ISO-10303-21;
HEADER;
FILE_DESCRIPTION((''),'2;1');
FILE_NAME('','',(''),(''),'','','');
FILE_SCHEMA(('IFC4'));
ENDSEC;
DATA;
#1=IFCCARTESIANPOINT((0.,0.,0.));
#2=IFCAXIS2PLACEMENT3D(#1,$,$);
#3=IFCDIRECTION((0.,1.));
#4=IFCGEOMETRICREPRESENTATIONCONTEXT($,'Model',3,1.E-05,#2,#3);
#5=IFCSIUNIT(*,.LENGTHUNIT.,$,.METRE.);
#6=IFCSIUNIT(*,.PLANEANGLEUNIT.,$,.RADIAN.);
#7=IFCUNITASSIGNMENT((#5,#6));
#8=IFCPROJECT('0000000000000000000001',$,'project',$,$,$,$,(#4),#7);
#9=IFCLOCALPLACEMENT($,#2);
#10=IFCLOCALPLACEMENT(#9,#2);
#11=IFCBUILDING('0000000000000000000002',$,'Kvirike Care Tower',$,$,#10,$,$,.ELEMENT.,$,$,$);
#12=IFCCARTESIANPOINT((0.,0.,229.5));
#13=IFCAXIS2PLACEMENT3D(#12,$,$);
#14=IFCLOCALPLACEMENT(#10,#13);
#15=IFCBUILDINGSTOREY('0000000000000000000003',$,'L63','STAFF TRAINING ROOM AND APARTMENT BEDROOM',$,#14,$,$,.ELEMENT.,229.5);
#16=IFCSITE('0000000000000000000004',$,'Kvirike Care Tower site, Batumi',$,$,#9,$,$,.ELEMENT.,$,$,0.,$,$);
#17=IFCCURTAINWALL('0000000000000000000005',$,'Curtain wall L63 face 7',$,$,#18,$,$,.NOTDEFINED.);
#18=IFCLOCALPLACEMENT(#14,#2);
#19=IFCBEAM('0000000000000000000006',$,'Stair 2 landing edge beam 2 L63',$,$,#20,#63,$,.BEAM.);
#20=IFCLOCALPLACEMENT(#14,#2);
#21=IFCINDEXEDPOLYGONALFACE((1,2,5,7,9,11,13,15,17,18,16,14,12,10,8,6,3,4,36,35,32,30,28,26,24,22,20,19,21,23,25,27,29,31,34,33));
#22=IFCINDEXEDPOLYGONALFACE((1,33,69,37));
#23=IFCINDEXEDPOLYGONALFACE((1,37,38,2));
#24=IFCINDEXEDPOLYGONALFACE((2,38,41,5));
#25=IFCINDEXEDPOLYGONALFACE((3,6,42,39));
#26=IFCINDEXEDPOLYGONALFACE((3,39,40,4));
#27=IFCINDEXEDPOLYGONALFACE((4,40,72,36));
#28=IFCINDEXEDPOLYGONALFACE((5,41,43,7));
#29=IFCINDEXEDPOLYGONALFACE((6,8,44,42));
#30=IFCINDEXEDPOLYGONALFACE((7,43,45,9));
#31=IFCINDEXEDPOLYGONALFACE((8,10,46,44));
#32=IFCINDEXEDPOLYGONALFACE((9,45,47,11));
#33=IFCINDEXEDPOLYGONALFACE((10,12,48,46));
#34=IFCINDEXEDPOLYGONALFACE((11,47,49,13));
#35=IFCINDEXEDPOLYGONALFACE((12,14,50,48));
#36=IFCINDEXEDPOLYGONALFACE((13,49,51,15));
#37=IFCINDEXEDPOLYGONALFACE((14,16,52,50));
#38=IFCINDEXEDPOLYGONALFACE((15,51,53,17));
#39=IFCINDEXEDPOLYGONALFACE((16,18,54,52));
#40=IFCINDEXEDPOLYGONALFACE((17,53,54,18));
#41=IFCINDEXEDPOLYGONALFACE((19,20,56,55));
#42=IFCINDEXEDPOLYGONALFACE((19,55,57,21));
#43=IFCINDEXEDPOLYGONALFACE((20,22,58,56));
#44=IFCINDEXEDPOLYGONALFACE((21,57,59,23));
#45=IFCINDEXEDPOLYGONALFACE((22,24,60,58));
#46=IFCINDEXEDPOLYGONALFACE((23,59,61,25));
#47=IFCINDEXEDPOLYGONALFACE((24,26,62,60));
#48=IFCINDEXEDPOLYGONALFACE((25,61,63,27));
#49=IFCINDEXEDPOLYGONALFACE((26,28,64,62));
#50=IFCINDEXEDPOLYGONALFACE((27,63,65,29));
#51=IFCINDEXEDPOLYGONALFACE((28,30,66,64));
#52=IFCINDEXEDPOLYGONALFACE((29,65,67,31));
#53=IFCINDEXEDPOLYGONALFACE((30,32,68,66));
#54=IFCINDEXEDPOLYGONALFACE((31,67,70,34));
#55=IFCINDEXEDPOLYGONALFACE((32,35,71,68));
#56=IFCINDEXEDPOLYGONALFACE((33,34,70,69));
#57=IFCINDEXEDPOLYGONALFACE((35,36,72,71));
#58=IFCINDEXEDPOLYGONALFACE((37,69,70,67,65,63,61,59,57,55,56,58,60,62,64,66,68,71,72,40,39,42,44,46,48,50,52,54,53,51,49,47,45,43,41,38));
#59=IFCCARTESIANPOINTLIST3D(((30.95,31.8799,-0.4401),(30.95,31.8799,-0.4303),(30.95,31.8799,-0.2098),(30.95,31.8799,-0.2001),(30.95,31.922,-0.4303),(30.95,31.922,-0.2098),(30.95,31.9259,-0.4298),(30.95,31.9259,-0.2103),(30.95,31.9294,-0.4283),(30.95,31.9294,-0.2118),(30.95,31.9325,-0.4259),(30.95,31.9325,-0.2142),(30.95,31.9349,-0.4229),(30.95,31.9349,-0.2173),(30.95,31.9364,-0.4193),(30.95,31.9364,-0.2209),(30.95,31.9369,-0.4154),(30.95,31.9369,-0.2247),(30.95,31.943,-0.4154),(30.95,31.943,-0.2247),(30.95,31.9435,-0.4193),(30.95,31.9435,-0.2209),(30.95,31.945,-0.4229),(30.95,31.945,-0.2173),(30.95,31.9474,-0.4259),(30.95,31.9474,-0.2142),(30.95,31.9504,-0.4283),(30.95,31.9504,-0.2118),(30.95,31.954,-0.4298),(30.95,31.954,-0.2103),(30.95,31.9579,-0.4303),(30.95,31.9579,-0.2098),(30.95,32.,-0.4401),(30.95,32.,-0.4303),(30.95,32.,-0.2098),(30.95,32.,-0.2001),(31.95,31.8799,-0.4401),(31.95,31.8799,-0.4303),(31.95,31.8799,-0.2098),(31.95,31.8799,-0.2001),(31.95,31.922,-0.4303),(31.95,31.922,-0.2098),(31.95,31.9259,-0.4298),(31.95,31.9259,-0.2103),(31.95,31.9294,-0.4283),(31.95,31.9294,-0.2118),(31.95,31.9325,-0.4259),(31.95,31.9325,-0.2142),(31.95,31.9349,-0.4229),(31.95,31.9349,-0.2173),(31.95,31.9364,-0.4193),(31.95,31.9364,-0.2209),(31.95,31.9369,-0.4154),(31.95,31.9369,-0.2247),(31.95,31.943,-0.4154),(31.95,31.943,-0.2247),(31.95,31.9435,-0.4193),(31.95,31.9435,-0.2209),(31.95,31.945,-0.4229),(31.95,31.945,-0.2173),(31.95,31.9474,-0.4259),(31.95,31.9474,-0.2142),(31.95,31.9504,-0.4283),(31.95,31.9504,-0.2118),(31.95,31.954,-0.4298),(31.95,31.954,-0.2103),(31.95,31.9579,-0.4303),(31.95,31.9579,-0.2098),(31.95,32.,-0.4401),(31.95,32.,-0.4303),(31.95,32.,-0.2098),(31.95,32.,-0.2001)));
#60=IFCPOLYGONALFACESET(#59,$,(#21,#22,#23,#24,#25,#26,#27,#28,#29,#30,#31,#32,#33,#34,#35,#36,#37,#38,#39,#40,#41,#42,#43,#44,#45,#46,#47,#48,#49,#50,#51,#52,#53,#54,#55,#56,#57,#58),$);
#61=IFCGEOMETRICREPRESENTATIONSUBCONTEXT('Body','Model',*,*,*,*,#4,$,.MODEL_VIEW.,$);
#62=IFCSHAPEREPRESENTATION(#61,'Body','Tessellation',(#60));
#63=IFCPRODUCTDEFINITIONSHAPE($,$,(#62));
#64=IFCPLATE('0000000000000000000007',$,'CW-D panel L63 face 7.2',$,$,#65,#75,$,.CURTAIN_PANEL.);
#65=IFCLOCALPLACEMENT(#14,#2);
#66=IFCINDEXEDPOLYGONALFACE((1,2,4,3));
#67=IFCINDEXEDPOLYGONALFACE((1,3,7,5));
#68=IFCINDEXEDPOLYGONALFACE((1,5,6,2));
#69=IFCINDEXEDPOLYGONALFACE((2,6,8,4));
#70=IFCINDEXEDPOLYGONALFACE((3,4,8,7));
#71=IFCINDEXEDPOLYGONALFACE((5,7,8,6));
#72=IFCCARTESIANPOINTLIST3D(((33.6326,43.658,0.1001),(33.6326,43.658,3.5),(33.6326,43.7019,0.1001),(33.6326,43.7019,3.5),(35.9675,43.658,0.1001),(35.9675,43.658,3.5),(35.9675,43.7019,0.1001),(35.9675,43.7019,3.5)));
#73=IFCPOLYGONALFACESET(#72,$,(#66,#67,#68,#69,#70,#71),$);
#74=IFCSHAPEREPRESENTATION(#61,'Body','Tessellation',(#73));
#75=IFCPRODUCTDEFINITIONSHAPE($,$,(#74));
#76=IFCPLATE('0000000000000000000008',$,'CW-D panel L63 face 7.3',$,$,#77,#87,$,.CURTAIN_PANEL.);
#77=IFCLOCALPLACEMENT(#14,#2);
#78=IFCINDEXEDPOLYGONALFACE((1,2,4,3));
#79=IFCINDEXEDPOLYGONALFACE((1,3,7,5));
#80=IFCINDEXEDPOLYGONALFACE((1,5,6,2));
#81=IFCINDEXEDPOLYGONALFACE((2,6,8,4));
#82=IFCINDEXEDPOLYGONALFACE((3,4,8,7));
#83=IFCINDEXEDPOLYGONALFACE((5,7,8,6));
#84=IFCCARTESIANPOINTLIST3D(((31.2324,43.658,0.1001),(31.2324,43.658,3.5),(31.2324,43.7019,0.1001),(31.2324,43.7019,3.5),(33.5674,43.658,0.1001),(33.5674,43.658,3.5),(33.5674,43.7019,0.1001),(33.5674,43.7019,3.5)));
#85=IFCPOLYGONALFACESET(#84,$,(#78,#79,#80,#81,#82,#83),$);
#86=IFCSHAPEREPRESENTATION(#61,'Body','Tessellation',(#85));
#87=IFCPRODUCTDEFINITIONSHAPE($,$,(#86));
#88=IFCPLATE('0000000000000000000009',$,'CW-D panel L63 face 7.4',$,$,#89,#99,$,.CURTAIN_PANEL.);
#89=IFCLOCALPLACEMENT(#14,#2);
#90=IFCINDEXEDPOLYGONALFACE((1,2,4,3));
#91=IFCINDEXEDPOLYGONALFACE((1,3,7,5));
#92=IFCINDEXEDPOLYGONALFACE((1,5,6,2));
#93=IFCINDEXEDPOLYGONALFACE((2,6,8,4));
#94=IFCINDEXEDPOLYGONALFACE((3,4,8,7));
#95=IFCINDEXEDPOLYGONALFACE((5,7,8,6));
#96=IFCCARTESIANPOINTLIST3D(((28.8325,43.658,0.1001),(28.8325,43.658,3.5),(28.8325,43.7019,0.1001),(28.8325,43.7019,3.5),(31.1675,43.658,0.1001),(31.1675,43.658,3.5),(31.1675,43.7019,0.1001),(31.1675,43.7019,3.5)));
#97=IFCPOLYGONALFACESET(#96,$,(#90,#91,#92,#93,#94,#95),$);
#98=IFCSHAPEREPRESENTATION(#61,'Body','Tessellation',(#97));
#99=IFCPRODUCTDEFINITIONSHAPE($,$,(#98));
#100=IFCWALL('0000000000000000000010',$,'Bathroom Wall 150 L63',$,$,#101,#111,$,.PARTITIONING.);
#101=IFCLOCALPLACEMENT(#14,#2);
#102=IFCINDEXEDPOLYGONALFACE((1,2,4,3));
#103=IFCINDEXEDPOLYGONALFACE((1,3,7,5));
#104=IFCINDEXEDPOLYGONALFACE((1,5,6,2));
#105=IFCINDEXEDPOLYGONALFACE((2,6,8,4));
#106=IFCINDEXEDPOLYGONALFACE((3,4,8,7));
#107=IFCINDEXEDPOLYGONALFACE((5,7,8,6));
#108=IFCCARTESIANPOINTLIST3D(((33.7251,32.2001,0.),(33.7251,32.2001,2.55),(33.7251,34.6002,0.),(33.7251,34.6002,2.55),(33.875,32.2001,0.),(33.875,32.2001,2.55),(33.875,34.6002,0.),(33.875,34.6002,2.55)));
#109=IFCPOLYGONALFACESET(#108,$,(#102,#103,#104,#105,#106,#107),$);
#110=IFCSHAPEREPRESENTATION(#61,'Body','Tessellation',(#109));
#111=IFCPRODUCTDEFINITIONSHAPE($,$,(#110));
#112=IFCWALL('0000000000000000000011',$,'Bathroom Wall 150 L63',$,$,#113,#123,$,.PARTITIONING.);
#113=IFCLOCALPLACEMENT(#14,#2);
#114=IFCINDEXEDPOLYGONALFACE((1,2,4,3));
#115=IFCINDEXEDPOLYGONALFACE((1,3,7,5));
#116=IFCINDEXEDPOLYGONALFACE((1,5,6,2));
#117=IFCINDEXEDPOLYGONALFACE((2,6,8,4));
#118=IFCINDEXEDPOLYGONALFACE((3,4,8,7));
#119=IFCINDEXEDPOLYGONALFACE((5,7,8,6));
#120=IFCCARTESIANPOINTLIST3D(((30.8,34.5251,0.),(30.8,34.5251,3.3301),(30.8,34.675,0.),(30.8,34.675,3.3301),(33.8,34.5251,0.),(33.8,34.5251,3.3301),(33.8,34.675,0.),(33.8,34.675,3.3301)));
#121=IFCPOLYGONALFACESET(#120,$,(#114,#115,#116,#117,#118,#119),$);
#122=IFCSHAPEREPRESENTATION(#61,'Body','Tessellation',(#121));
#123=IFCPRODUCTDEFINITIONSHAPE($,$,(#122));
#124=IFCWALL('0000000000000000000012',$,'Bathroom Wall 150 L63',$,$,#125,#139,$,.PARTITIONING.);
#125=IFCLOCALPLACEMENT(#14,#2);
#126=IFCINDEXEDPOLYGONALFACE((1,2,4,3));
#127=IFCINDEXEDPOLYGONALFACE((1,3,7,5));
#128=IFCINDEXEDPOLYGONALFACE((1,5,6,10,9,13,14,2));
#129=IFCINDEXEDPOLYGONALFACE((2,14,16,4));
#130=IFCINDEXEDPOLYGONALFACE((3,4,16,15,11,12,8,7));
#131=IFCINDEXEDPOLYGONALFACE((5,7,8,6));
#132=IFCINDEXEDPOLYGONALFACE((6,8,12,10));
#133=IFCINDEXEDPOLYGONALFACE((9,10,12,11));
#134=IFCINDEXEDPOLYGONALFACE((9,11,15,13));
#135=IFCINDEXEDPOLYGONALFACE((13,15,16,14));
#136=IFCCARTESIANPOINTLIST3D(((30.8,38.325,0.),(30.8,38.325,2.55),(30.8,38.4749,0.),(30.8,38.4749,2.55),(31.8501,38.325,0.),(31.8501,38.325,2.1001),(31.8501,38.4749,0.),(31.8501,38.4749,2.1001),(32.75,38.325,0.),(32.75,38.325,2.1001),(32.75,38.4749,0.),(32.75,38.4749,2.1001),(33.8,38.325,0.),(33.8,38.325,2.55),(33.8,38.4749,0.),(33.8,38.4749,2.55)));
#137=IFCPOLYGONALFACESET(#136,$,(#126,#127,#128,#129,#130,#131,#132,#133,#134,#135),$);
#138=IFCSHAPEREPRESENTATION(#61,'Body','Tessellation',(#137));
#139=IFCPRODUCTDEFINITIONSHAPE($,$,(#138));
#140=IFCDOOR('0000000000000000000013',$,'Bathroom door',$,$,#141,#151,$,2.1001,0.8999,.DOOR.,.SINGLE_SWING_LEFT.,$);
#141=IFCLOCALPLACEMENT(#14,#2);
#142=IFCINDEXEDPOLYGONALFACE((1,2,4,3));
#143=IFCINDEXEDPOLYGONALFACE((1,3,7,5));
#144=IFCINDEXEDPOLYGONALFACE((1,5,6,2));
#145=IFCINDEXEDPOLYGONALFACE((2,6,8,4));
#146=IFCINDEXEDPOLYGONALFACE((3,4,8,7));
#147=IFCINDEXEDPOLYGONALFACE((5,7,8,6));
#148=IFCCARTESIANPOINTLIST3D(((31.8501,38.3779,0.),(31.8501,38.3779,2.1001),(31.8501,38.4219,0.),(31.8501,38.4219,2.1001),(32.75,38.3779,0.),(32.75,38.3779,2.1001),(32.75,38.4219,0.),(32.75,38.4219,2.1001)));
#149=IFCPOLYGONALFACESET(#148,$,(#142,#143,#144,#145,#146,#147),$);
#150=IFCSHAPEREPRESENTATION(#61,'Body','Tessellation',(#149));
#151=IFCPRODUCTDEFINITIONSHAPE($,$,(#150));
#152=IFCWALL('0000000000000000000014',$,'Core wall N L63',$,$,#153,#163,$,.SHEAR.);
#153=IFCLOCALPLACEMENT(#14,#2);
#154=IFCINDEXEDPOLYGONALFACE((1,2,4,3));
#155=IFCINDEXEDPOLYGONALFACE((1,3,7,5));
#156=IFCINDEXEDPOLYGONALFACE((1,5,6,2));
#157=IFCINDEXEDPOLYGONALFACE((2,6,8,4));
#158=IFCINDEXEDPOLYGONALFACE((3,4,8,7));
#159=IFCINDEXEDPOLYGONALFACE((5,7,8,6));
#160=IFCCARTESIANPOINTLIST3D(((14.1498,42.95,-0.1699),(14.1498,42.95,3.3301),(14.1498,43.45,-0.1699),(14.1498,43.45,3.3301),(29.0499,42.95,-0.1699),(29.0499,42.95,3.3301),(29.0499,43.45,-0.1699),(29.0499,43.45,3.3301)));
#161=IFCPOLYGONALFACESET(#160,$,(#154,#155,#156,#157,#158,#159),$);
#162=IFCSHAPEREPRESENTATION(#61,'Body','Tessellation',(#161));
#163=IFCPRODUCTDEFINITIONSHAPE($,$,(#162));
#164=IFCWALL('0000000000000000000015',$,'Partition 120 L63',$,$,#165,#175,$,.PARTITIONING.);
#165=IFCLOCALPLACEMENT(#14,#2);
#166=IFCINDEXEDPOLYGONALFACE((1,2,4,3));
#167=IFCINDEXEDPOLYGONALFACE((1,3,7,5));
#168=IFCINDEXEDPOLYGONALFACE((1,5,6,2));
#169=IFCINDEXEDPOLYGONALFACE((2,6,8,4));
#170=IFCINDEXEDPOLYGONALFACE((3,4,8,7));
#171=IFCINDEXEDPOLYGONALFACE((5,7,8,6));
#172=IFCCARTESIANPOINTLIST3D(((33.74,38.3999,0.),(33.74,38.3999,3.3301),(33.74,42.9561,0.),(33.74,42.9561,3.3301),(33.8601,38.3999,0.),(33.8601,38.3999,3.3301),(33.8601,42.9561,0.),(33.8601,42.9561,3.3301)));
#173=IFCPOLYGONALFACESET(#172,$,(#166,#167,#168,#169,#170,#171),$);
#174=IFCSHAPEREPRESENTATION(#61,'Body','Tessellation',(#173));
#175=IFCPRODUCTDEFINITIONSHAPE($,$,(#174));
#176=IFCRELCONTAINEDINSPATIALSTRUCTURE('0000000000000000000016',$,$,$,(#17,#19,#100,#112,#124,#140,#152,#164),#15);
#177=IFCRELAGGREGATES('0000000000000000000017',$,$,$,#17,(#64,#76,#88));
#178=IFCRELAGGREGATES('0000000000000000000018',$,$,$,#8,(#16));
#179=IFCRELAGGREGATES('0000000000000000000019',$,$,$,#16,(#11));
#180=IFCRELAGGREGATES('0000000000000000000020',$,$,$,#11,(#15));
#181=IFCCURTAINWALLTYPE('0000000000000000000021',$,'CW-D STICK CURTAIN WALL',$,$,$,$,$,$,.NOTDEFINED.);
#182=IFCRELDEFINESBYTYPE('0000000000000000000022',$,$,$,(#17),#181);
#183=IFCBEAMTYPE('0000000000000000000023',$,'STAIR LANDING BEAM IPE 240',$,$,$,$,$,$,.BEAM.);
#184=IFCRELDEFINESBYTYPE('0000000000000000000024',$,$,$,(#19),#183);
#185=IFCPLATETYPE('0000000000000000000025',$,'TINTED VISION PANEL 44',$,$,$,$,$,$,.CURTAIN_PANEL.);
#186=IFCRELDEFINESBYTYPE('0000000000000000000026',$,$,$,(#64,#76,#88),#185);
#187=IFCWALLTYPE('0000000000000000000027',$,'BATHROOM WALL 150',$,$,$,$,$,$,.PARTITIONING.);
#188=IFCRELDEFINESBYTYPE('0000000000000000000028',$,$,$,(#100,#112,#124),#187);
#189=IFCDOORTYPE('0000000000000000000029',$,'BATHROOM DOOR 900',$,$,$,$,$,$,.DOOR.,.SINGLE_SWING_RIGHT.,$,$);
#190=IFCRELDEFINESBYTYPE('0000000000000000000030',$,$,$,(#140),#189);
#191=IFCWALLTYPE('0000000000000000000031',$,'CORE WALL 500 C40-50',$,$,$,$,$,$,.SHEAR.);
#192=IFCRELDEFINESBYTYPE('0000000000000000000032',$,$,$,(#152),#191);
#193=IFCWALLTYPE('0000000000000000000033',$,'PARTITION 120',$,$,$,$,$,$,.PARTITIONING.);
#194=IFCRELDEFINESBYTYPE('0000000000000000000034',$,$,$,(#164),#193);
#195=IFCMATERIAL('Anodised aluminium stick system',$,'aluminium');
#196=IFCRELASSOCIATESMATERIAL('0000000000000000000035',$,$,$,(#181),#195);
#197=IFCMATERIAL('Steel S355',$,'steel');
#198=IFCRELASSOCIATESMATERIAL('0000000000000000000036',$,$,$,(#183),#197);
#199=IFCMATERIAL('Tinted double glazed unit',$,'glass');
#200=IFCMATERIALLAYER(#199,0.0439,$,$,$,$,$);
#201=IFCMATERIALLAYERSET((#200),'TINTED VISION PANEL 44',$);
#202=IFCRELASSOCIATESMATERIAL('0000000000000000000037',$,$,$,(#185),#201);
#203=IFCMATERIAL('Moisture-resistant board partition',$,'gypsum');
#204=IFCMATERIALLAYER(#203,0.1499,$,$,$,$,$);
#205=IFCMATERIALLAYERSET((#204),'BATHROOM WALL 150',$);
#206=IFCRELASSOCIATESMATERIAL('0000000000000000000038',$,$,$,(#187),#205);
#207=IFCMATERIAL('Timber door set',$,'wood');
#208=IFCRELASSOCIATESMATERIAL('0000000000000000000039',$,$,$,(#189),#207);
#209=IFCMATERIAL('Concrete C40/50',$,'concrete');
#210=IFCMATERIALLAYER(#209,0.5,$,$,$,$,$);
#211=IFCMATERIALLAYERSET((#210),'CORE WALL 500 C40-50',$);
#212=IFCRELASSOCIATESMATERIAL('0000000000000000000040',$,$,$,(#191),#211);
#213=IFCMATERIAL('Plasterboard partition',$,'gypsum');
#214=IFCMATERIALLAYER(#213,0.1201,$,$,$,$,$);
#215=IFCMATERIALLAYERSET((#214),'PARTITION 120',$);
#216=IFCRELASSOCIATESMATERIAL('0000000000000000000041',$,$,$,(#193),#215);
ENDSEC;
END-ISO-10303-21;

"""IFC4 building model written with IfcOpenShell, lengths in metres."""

from ifc_helpers import new_model, si_unit, direction, frame, frame_2d, origin, origin_2d, place, context, subcontext, project, spatial, rectangle, i_section, extrude, material, layer, layer_set, material_profile, profile_set, type_object, element, fill, aggregate, save


model = new_model("IFC4")

# Units and contexts
model_context = context("Model", 3, precision=1e-05, world=origin(), true_north=direction((0.0, 1.0)))
body_context = subcontext(model_context, "Body", "Model", "MODEL_VIEW")
ifc_project = project(units=[si_unit("LENGTHUNIT", "METRE"), si_unit("PLANEANGLEUNIT", "RADIAN")], contexts=[model_context])

# Site, building, storey
site_placement = place(None, origin())
site = spatial("IfcSite", under=ifc_project, at=site_placement, Name="Kvirike Care Tower site, Batumi", CompositionType="ELEMENT", RefElevation=0.0)
building_placement = place(site_placement, origin())
building = spatial("IfcBuilding", under=site, at=building_placement, Name="Kvirike Care Tower", CompositionType="ELEMENT")
storey_placement = place(building_placement, frame((0.0, 0.0, 229.5)))
storey = spatial("IfcBuildingStorey", under=building, at=storey_placement, Name="L63", Description="STAFF TRAINING ROOM AND APARTMENT BEDROOM", CompositionType="ELEMENT", Elevation=229.5)

# Curtain wall
ifc_material_1 = material(Name="Anodised aluminium stick system", Category="aluminium")
curtain_wall_type = type_object("IfcCurtainWallType", Name="CW-D STICK CURTAIN WALL", PredefinedType="NOTDEFINED", material=ifc_material_1)
curtain_wall_placement = place(storey_placement, origin())
curtain_wall = element("IfcCurtainWall", 1, at=curtain_wall_placement, inside=storey, type_object=curtain_wall_type, Name="Curtain wall L63 face 7", PredefinedType="NOTDEFINED")

# Beam
ifc_material_2 = material(Name="Steel S355", Category="steel")
ifc_material_profile_1 = material_profile(ifc_material_2, i_section(OverallWidth=0.1201, OverallDepth=0.24, WebThickness=0.0061, FlangeThickness=0.0098, FilletRadius=0.0149, at=origin_2d()), Name="IPE 240")
ifc_profile_set_1 = profile_set([ifc_material_profile_1], Name="Steel S355")
beam_type_1 = type_object("IfcBeamType", Name="STAIR LANDING BEAM IPE 240", PredefinedType="BEAM", material=ifc_profile_set_1)
beam_1_placement = place(storey_placement, frame((31.95, 31.9399, -0.3201), z_axis=(-1.0, 0.0, 0.0), x_axis=(0.0, -1.0, 0.0)))
element("IfcBeam", 2, at=beam_1_placement, inside=storey, type_object=beam_type_1, Name="Stair 2 landing edge beam 2 L63", PredefinedType="BEAM", context=body_context, shape_type="SweptSolid", body=[
    extrude(i_section(OverallWidth=0.1201, OverallDepth=0.24, WebThickness=0.0061, FlangeThickness=0.0098, FilletRadius=0.0149, at=origin_2d()), origin(), (0.0, 0.0, 1.0), 1.0),
])

# Plates
ifc_material_3 = material(Name="Tinted double glazed unit", Category="glass")
ifc_layer_1 = layer(ifc_material_3, 0.0439)
ifc_layer_set_1 = layer_set([ifc_layer_1], Name="TINTED VISION PANEL 44")
plate_type = type_object("IfcPlateType", Name="TINTED VISION PANEL 44", PredefinedType="CURTAIN_PANEL", material=ifc_layer_set_1)
plate_1_placement = place(storey_placement, frame((34.8, 43.6799, 0.1001), z_axis=(0.0, 0.0, 1.0), x_axis=(-1.0, 0.0, 0.0)))
plate_1 = element("IfcPlate", 3, at=plate_1_placement, type_object=plate_type, Name="CW-D panel L63 face 7.2", PredefinedType="CURTAIN_PANEL", context=body_context, shape_type="SweptSolid", body=[
    extrude(rectangle(XDim=2.335, YDim=0.0439, at=origin_2d()), origin(), (0.0, 0.0, 1.0), 3.3999),
])
plate_2_placement = place(storey_placement, frame((32.3999, 43.6799, 0.1001), z_axis=(0.0, 0.0, 1.0), x_axis=(-1.0, 0.0, 0.0)))
plate_2 = element("IfcPlate", 4, at=plate_2_placement, type_object=plate_type, Name="CW-D panel L63 face 7.3", PredefinedType="CURTAIN_PANEL", context=body_context, shape_type="SweptSolid", body=[
    extrude(rectangle(XDim=2.335, YDim=0.0439, at=origin_2d()), origin(), (0.0, 0.0, 1.0), 3.3999),
])
plate_3_placement = place(storey_placement, frame((30.0, 43.6799, 0.1001), z_axis=(0.0, 0.0, 1.0), x_axis=(-1.0, 0.0, 0.0)))
plate_3 = element("IfcPlate", 5, at=plate_3_placement, type_object=plate_type, Name="CW-D panel L63 face 7.4", PredefinedType="CURTAIN_PANEL", context=body_context, shape_type="SweptSolid", body=[
    extrude(rectangle(XDim=2.335, YDim=0.0439, at=origin_2d()), origin(), (0.0, 0.0, 1.0), 3.3999),
])
aggregate(curtain_wall, [plate_1, plate_2, plate_3])

# Walls
ifc_material_4 = material(Name="Moisture-resistant board partition", Category="gypsum")
ifc_layer_2 = layer(ifc_material_4, 0.1499)
ifc_layer_set_2 = layer_set([ifc_layer_2], Name="BATHROOM WALL 150")
wall_type_1 = type_object("IfcWallType", Name="BATHROOM WALL 150", PredefinedType="PARTITIONING", material=ifc_layer_set_2)
wall_1_placement = place(storey_placement, frame((33.8, 32.2, 0.0), z_axis=(0.0, 0.0, 1.0), x_axis=(0.0, 1.0, 0.0)))
element("IfcWall", 6, at=wall_1_placement, inside=storey, type_object=wall_type_1, Name="Bathroom Wall 150 L63", PredefinedType="PARTITIONING", context=body_context, shape_type="SweptSolid", body=[
    extrude(rectangle(XDim=2.4001, YDim=0.1499, at=frame_2d((1.2002, 0.0))), origin(), (0.0, 0.0, 1.0), 2.55),
])
wall_2_placement = place(storey_placement, frame((33.8, 34.6001, 0.0), z_axis=(0.0, 0.0, 1.0), x_axis=(-1.0, 0.0, 0.0)))
element("IfcWall", 7, at=wall_2_placement, inside=storey, type_object=wall_type_1, Name="Bathroom Wall 150 L63", PredefinedType="PARTITIONING", context=body_context, shape_type="SweptSolid", body=[
    extrude(rectangle(XDim=3.0, YDim=0.1499, at=frame_2d((1.5, 0.0))), origin(), (0.0, 0.0, 1.0), 3.3301),
])

# Wall, opening, door
wall_3_placement = place(storey_placement, frame((33.8, 38.3999, 0.0), z_axis=(0.0, 0.0, 1.0), x_axis=(-1.0, 0.0, 0.0)))
wall_3 = element("IfcWall", 8, at=wall_3_placement, inside=storey, type_object=wall_type_1, Name="Bathroom Wall 150 L63", PredefinedType="PARTITIONING", context=body_context, shape_type="SweptSolid", body=[
    extrude(rectangle(XDim=3.0, YDim=0.1499, at=frame_2d((1.5, 0.0))), origin(), (0.0, 0.0, 1.0), 2.55),
])
opening_placement = place(wall_3_placement, frame((1.05, 0.0, 0.0)))
opening = element("IfcOpeningElement", 9, at=opening_placement, cuts=wall_3, PredefinedType="OPENING", context=body_context, shape_type="SweptSolid", body=[
    extrude(rectangle(XDim=0.8999, YDim=2.1001, at=frame_2d((0.45, 1.05))), frame((0.0, 0.0854, 0.0), z_axis=(0.0, -1.0, 0.0), x_axis=(1.0, 0.0, 0.0)), (0.0, 0.0, 1.0), 0.1709),
])
ifc_material_5 = material(Name="Timber door set", Category="wood")
door_type = type_object("IfcDoorType", Name="BATHROOM DOOR 900", OperationType="SINGLE_SWING_RIGHT", PredefinedType="DOOR", material=ifc_material_5)
door_placement = place(opening_placement, frame((0.8999, 0.0, 0.0), z_axis=(0.0, 0.0, 1.0), x_axis=(-1.0, 0.0, 0.0)))
door = element("IfcDoor", 10, at=door_placement, inside=storey, type_object=door_type, Name="Bathroom door", OperationType="SINGLE_SWING_LEFT", OverallHeight=2.1001, OverallWidth=0.8999, PredefinedType="DOOR", context=body_context, shape_type="SweptSolid", body=[
    extrude(rectangle(XDim=0.8999, YDim=2.1001, at=frame_2d((0.45, 1.05))), frame((0.0, 0.022, 0.0), z_axis=(0.0, -1.0, 0.0), x_axis=(1.0, 0.0, 0.0)), (0.0, 0.0, 1.0), 0.0439),
])
fill(opening, door)

# Walls
ifc_material_6 = material(Name="Concrete C40/50", Category="concrete")
ifc_layer_3 = layer(ifc_material_6, 0.5)
ifc_layer_set_3 = layer_set([ifc_layer_3], Name="CORE WALL 500 C40-50")
wall_type_2 = type_object("IfcWallType", Name="CORE WALL 500 C40-50", PredefinedType="SHEAR", material=ifc_layer_set_3)
wall_4_placement = place(storey_placement, frame((29.05, 43.2, -0.1699), z_axis=(0.0, 0.0, 1.0), x_axis=(-1.0, 0.0, 0.0)))
element("IfcWall", 11, at=wall_4_placement, inside=storey, type_object=wall_type_2, Name="Core wall N L63", PredefinedType="SHEAR", context=body_context, shape_type="SweptSolid", body=[
    extrude(rectangle(XDim=14.9001, YDim=0.5, at=frame_2d((7.4502, 0.0))), origin(), (0.0, 0.0, 1.0), 3.5),
])
ifc_material_7 = material(Name="Plasterboard partition", Category="gypsum")
ifc_layer_4 = layer(ifc_material_7, 0.1201)
ifc_layer_set_4 = layer_set([ifc_layer_4], Name="PARTITION 120")
wall_type_3 = type_object("IfcWallType", Name="PARTITION 120", PredefinedType="PARTITIONING", material=ifc_layer_set_4)
wall_5_placement = place(storey_placement, frame((33.8, 38.3999, 0.0), z_axis=(0.0, 0.0, 1.0), x_axis=(0.0, 1.0, 0.0)))
element("IfcWall", 12, at=wall_5_placement, inside=storey, type_object=wall_type_3, Name="Partition 120 L63", PredefinedType="PARTITIONING", context=body_context, shape_type="SweptSolid", body=[
    extrude(rectangle(XDim=4.5562, YDim=0.1201, at=frame_2d((2.2781, 0.0))), origin(), (0.0, 0.0, 1.0), 3.3301),
])

save(model, "model.ifc")
